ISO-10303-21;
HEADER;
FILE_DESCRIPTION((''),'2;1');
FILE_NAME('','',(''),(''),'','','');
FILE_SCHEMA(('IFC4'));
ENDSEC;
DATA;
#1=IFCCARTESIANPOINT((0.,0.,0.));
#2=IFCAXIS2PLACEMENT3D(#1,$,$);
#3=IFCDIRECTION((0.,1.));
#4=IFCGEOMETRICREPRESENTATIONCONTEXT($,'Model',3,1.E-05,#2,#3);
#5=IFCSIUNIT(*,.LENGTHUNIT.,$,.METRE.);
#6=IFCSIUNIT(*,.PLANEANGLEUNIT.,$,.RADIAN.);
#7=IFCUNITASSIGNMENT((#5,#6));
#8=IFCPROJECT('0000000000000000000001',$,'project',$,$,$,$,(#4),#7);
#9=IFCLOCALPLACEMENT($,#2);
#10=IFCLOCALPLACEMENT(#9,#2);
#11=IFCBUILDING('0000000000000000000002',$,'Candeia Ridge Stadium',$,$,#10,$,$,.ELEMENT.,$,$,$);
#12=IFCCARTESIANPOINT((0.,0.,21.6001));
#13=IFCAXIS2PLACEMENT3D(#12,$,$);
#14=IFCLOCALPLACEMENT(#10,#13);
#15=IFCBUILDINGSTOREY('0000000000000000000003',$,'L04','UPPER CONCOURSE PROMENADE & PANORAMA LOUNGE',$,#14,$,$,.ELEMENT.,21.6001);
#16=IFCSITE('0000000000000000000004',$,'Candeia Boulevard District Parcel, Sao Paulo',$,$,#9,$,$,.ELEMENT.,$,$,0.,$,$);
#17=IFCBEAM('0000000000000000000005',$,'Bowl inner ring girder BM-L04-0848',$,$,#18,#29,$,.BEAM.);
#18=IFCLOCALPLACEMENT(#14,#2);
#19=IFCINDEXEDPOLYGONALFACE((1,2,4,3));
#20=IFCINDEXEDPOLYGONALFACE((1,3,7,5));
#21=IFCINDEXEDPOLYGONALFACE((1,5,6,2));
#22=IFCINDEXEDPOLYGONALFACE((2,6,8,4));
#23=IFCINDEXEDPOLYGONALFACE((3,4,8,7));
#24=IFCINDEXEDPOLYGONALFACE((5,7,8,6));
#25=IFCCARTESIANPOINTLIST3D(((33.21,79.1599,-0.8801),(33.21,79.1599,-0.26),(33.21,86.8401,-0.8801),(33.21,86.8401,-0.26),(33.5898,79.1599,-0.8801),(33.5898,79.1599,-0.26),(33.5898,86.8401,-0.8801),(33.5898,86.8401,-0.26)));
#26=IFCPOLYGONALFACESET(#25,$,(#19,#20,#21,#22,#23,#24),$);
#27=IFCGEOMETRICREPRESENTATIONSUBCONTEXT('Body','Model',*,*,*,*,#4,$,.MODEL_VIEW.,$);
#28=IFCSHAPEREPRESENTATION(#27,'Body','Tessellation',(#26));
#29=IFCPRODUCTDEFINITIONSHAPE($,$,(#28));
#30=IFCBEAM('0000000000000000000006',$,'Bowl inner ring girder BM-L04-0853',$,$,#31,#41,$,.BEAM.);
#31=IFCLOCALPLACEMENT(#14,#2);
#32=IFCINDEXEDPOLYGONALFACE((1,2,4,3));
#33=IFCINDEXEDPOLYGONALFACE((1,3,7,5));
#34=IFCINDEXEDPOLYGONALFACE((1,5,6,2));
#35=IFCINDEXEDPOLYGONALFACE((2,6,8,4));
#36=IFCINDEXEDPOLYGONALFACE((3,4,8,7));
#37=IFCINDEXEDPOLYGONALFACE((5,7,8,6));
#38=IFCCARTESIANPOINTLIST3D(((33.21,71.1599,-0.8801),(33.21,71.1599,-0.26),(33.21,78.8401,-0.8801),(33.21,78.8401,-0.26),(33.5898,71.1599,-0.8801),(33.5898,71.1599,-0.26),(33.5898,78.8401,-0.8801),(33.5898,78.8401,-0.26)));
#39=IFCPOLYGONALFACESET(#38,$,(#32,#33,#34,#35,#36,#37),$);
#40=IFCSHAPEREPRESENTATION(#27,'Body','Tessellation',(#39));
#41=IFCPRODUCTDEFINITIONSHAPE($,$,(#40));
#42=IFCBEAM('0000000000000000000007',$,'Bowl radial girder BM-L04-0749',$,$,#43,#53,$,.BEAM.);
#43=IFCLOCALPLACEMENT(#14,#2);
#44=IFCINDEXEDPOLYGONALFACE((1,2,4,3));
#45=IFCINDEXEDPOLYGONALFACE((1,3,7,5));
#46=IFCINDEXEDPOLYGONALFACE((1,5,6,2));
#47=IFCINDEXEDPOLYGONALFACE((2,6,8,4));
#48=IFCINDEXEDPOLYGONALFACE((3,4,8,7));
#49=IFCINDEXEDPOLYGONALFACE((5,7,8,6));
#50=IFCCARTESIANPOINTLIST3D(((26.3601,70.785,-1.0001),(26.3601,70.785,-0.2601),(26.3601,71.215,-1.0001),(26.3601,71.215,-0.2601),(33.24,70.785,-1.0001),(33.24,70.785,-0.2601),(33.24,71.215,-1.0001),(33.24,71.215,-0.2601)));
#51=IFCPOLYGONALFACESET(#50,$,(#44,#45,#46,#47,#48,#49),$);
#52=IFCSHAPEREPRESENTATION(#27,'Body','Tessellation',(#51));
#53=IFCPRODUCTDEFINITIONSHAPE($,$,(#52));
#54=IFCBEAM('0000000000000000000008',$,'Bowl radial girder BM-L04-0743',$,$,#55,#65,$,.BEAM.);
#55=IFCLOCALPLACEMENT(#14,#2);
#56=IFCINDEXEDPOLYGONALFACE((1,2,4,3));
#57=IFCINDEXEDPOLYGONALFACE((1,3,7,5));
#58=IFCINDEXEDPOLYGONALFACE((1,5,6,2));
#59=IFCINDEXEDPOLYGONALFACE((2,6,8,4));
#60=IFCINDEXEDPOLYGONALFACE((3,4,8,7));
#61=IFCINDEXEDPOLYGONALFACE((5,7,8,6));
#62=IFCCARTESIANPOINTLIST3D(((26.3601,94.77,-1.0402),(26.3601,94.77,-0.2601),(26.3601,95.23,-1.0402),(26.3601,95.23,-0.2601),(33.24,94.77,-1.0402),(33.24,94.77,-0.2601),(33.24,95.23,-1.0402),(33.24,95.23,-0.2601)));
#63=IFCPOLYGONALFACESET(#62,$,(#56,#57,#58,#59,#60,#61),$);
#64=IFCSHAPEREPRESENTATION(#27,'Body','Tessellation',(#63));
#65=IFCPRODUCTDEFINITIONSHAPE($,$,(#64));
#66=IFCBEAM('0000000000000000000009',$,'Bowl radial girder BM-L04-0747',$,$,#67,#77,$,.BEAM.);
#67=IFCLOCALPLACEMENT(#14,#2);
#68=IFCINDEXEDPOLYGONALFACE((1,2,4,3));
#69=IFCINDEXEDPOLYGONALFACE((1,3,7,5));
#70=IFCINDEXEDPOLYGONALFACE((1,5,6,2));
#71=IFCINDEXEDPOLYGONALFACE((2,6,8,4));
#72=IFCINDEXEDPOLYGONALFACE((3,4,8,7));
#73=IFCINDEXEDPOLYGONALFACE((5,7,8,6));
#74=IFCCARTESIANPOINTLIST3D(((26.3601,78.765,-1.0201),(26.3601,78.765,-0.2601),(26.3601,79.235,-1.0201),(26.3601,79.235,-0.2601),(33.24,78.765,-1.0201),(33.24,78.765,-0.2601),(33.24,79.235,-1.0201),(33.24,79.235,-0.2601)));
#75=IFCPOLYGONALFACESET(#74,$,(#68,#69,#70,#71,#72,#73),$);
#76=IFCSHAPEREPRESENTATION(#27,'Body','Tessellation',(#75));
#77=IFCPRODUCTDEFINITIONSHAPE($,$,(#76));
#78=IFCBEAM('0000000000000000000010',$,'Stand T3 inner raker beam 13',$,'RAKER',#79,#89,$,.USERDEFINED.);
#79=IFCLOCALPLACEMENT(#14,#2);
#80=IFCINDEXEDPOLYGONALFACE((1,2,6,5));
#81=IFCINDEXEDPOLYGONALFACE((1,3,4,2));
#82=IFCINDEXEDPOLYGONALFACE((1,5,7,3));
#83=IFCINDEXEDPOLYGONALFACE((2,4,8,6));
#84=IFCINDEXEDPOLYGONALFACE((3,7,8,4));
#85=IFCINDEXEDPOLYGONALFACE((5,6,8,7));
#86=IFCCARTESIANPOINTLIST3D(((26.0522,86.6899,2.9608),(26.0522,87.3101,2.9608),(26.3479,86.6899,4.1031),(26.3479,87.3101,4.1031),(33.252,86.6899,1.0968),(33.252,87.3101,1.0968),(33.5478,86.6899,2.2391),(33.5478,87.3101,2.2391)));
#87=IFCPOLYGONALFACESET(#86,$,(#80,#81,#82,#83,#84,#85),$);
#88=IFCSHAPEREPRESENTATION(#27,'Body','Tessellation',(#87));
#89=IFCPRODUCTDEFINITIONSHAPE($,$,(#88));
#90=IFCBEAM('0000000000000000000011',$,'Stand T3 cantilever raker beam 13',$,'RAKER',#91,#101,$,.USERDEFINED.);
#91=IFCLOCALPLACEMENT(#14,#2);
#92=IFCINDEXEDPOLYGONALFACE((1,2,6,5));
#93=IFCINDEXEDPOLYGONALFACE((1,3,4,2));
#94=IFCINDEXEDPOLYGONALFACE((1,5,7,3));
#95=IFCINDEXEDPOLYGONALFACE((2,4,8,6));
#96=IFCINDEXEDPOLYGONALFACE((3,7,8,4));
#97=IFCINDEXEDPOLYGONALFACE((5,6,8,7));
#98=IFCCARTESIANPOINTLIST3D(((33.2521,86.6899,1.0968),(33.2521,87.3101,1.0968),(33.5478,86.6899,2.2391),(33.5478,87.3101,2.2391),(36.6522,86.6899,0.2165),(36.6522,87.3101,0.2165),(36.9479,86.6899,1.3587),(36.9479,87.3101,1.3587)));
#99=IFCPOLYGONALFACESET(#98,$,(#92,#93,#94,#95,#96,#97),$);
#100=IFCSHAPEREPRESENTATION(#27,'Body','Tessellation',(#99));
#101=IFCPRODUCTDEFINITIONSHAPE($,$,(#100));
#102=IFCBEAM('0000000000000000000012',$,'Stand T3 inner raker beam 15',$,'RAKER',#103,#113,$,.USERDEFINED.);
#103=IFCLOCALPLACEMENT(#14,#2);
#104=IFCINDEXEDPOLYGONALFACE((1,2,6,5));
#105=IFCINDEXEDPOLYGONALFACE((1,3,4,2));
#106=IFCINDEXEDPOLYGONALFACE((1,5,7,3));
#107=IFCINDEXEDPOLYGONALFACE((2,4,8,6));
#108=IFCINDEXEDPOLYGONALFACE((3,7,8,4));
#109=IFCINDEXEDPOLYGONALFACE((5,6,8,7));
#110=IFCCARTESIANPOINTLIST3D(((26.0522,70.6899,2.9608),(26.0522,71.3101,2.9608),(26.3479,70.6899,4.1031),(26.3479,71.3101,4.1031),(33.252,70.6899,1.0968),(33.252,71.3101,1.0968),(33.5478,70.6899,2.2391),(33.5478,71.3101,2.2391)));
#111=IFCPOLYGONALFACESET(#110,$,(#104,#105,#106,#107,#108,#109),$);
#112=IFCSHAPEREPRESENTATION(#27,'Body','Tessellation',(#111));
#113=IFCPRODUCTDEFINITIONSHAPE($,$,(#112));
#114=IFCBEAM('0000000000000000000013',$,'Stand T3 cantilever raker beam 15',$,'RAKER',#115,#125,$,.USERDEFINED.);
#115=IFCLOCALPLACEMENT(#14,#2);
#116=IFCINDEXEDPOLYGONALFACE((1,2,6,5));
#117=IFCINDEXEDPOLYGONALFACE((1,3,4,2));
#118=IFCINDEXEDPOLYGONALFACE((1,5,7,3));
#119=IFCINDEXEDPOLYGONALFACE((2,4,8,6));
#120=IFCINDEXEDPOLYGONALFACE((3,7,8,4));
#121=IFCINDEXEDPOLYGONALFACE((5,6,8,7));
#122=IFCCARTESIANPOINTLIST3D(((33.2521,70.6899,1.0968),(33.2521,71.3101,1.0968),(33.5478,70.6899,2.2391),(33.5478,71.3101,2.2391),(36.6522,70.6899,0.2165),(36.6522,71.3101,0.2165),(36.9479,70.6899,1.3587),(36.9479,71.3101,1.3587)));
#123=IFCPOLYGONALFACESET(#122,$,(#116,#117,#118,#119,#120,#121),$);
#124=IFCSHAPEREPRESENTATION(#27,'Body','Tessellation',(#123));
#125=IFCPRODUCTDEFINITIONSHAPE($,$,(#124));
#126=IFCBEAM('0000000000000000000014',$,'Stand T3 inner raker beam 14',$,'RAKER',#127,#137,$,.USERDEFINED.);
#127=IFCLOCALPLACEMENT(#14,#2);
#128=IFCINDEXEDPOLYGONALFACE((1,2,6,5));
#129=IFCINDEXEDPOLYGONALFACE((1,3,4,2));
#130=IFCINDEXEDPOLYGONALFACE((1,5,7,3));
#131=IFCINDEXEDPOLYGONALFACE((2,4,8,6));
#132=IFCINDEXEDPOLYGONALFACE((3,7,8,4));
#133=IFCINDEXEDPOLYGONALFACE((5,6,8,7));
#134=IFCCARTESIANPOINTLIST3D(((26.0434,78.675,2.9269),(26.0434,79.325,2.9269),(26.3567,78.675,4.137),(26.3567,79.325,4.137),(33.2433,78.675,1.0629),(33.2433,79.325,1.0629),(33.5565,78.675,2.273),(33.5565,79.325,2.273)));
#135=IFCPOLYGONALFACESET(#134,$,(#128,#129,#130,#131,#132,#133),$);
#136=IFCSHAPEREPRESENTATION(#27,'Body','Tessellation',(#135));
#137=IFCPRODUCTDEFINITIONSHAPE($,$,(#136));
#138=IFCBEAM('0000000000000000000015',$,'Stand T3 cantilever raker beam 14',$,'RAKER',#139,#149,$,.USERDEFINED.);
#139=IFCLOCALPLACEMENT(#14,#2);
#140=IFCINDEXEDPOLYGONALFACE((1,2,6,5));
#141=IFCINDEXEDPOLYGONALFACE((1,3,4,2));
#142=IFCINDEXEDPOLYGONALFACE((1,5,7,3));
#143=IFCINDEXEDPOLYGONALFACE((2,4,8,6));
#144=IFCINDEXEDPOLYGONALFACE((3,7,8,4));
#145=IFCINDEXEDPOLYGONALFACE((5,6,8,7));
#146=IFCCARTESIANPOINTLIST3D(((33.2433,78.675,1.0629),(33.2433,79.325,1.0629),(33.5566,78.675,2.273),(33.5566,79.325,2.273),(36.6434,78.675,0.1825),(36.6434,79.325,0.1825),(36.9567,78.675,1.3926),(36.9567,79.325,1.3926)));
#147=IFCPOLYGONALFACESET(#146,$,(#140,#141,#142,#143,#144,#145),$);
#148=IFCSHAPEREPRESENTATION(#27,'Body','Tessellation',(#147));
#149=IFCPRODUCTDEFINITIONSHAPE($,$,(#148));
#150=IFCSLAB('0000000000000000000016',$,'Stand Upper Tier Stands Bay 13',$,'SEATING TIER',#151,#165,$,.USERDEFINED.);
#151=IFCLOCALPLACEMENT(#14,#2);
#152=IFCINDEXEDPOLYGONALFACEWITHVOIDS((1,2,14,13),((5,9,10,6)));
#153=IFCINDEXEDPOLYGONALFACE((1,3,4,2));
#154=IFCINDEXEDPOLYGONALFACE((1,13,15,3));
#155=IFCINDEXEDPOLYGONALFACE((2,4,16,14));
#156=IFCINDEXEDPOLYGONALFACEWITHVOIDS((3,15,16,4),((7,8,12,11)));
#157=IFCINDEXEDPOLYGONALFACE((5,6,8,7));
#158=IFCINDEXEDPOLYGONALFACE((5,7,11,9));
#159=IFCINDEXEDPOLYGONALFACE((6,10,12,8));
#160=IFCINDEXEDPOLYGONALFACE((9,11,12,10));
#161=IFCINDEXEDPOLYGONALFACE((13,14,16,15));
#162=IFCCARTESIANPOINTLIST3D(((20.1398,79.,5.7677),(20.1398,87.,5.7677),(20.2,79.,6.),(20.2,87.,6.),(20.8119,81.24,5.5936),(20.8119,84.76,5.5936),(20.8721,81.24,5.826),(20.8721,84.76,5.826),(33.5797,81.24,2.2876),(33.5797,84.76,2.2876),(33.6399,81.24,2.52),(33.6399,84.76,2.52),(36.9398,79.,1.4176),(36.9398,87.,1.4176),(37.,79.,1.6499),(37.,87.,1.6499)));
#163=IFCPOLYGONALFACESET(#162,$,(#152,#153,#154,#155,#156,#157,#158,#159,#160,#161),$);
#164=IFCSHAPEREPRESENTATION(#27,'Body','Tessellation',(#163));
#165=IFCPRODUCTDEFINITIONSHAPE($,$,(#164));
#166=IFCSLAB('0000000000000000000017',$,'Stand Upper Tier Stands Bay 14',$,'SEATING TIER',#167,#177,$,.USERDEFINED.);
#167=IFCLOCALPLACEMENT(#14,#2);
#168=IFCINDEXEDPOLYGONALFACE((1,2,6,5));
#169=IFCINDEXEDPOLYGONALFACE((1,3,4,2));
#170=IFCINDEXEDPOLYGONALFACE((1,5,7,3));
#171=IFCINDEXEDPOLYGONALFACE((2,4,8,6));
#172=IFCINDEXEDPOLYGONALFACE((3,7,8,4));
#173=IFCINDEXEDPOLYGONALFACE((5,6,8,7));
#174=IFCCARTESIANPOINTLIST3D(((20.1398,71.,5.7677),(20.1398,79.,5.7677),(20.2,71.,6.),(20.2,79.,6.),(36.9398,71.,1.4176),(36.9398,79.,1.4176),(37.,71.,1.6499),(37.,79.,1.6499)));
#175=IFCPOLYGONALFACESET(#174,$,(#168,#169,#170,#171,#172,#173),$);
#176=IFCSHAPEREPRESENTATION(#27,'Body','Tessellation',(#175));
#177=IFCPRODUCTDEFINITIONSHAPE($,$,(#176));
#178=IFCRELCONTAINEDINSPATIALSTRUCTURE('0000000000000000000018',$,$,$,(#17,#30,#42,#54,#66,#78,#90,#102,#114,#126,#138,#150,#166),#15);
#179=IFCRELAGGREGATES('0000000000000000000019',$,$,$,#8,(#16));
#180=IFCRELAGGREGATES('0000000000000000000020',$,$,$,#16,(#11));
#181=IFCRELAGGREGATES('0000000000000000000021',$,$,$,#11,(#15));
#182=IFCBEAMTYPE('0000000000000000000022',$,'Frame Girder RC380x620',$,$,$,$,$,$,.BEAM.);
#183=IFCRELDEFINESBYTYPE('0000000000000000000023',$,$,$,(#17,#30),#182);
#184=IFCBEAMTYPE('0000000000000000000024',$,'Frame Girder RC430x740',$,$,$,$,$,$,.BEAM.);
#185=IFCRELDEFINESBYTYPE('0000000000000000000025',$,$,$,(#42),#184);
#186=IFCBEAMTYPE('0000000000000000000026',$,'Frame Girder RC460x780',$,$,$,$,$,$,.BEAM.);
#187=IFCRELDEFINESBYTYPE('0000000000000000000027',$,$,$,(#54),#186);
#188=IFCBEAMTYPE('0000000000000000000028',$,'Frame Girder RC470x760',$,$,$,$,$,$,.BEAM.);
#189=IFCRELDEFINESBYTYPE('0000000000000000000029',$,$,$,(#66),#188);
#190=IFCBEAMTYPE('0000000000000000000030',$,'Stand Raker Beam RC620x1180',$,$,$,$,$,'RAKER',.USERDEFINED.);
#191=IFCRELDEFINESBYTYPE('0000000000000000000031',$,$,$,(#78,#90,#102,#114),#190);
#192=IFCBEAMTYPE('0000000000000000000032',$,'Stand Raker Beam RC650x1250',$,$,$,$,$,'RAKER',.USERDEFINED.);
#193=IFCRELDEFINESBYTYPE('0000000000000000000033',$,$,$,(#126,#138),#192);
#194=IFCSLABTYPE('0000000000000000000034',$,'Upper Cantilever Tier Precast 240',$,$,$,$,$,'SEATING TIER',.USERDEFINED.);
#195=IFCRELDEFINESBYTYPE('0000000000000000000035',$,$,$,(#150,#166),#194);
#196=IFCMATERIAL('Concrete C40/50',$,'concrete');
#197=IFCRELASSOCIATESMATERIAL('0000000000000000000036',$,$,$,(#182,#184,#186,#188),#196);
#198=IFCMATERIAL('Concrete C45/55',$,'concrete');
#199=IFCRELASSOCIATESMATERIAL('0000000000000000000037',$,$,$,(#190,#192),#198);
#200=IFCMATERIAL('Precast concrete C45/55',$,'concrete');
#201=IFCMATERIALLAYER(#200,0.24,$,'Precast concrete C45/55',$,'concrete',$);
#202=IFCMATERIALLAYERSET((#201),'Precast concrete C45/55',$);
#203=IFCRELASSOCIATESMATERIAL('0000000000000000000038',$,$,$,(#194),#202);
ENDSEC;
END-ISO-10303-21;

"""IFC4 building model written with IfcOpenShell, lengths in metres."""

from ifc_helpers import new_model, si_unit, direction, frame, origin, origin_2d, place, context, subcontext, project, spatial, polyline, rectangle, outline, extrude, material, layer, layer_set, material_profile, profile_set, type_object, element, save


model = new_model("IFC4")

# Units and contexts
model_context = context("Model", 3, precision=1e-05, world=origin(), true_north=direction((0.0, 1.0)))
body_context = subcontext(model_context, "Body", "Model", "MODEL_VIEW")
ifc_project = project(units=[si_unit("LENGTHUNIT", "METRE"), si_unit("PLANEANGLEUNIT", "RADIAN")], contexts=[model_context])

# Site, building, storey
site_placement = place(None, origin())
site = spatial("IfcSite", under=ifc_project, at=site_placement, Name="Candeia Boulevard District Parcel, Sao Paulo", CompositionType="ELEMENT", RefElevation=0.0)
building_placement = place(site_placement, origin())
building = spatial("IfcBuilding", under=site, at=building_placement, Name="Candeia Ridge Stadium", CompositionType="ELEMENT")
storey_placement = place(building_placement, frame((0.0, 0.0, 21.6001)))
storey = spatial("IfcBuildingStorey", under=building, at=storey_placement, Name="L04", Description="UPPER CONCOURSE PROMENADE & PANORAMA LOUNGE", CompositionType="ELEMENT", Elevation=21.6001)

# Shared definitions
ifc_material_1 = material(Name="Concrete C45/55", Category="concrete")
ifc_material_2 = material(Name="Concrete C40/50", Category="concrete")

# Beams
ifc_material_profile_1 = material_profile(ifc_material_2, rectangle(XDim=0.3799, YDim=0.6201, at=origin_2d()), Name="RC380x620", Category="concrete")
ifc_profile_set_1 = profile_set([ifc_material_profile_1], Name="Concrete C40/50")
beam_type_1 = type_object("IfcBeamType", Name="Frame Girder RC380x620", PredefinedType="BEAM", material=ifc_profile_set_1)
for number, where, z_axis, x_axis, name in (
    (1, (33.3999, 86.8401, -0.5701), (0.0, -1.0, 0.0), (1.0, 0.0, 0.0), "Bowl inner ring girder BM-L04-0848"),
    (2, (33.3999, 78.8401, -0.5701), (0.0, -1.0, 0.0), (1.0, 0.0, 0.0), "Bowl inner ring girder BM-L04-0853"),
):
    element("IfcBeam", number, at=place(storey_placement, frame(where, z_axis=z_axis, x_axis=x_axis)), inside=storey, type_object=beam_type_1, Name=name, PredefinedType="BEAM", context=body_context, shape_type="SweptSolid", body=[
        extrude(rectangle(XDim=0.3799, YDim=0.6201, at=origin_2d()), origin(), (0.0, 0.0, 1.0), 7.6802),
    ])
ifc_material_profile_2 = material_profile(ifc_material_2, rectangle(XDim=0.4299, YDim=0.74, at=origin_2d()), Name="RC430x740", Category="concrete")
ifc_profile_set_2 = profile_set([ifc_material_profile_2], Name="Concrete C40/50")
beam_type_2 = type_object("IfcBeamType", Name="Frame Girder RC430x740", PredefinedType="BEAM", material=ifc_profile_set_2)
beam_1_placement = place(storey_placement, frame((33.24, 71.0, -0.6301), z_axis=(-1.0, 0.0, 0.0), x_axis=(0.0, -1.0, 0.0)))
element("IfcBeam", 3, at=beam_1_placement, inside=storey, type_object=beam_type_2, Name="Bowl radial girder BM-L04-0749", PredefinedType="BEAM", context=body_context, shape_type="SweptSolid", body=[
    extrude(rectangle(XDim=0.4299, YDim=0.74, at=origin_2d()), origin(), (0.0, 0.0, 1.0), 6.8799),
])
ifc_material_profile_3 = material_profile(ifc_material_2, rectangle(XDim=0.46, YDim=0.78, at=origin_2d()), Name="RC460x780", Category="concrete")
ifc_profile_set_3 = profile_set([ifc_material_profile_3], Name="Concrete C40/50")
beam_type_3 = type_object("IfcBeamType", Name="Frame Girder RC460x780", PredefinedType="BEAM", material=ifc_profile_set_3)
beam_2_placement = place(storey_placement, frame((33.24, 95.0, -0.6501), z_axis=(-1.0, 0.0, 0.0), x_axis=(0.0, -1.0, 0.0)))
element("IfcBeam", 4, at=beam_2_placement, inside=storey, type_object=beam_type_3, Name="Bowl radial girder BM-L04-0743", PredefinedType="BEAM", context=body_context, shape_type="SweptSolid", body=[
    extrude(rectangle(XDim=0.46, YDim=0.78, at=origin_2d()), origin(), (0.0, 0.0, 1.0), 6.8799),
])
ifc_material_profile_4 = material_profile(ifc_material_2, rectangle(XDim=0.47, YDim=0.76, at=origin_2d()), Name="RC470x760", Category="concrete")
ifc_profile_set_4 = profile_set([ifc_material_profile_4], Name="Concrete C40/50")
beam_type_4 = type_object("IfcBeamType", Name="Frame Girder RC470x760", PredefinedType="BEAM", material=ifc_profile_set_4)
beam_3_placement = place(storey_placement, frame((33.24, 79.0, -0.6401), z_axis=(-1.0, 0.0, 0.0), x_axis=(0.0, -1.0, 0.0)))
element("IfcBeam", 5, at=beam_3_placement, inside=storey, type_object=beam_type_4, Name="Bowl radial girder BM-L04-0747", PredefinedType="BEAM", context=body_context, shape_type="SweptSolid", body=[
    extrude(rectangle(XDim=0.47, YDim=0.76, at=origin_2d()), origin(), (0.0, 0.0, 1.0), 6.8799),
])
ifc_material_profile_5 = material_profile(ifc_material_1, rectangle(XDim=0.6201, YDim=1.1799, at=origin_2d()), Name="RC620x1180", Category="concrete")
ifc_profile_set_5 = profile_set([ifc_material_profile_5], Name="Concrete C45/55")
beam_type_5 = type_object("IfcBeamType", Name="Stand Raker Beam RC620x1180", ElementType="RAKER", PredefinedType="USERDEFINED", material=ifc_profile_set_5)
beam_4_placement = place(storey_placement, frame((33.3999, 87.0, 1.668), z_axis=(-0.968083, 0.0, 0.250629), x_axis=(0.0, -1.0, 0.0)))
element("IfcBeam", 6, at=beam_4_placement, inside=storey, type_object=beam_type_5, Name="Stand T3 inner raker beam 13", ObjectType="RAKER", PredefinedType="USERDEFINED", context=body_context, shape_type="SweptSolid", body=[
    extrude(rectangle(XDim=0.6201, YDim=1.1799, at=origin_2d()), origin(), (0.0, 0.0, 1.0), 7.4373),
])
beam_5_placement = place(storey_placement, frame((36.8, 87.0, 0.7876), z_axis=(-0.968076, 0.0, 0.250656), x_axis=(0.0, -1.0, 0.0)))
element("IfcBeam", 7, at=beam_5_placement, inside=storey, type_object=beam_type_5, Name="Stand T3 cantilever raker beam 13", ObjectType="RAKER", PredefinedType="USERDEFINED", context=body_context, shape_type="SweptSolid", body=[
    extrude(rectangle(XDim=0.6201, YDim=1.1799, at=origin_2d()), origin(), (0.0, 0.0, 1.0), 3.5122),
])
beam_6_placement = place(storey_placement, frame((33.3999, 71.0, 1.668), z_axis=(-0.968083, 0.0, 0.250629), x_axis=(0.0, -1.0, 0.0)))
element("IfcBeam", 8, at=beam_6_placement, inside=storey, type_object=beam_type_5, Name="Stand T3 inner raker beam 15", ObjectType="RAKER", PredefinedType="USERDEFINED", context=body_context, shape_type="SweptSolid", body=[
    extrude(rectangle(XDim=0.6201, YDim=1.1799, at=origin_2d()), origin(), (0.0, 0.0, 1.0), 7.4373),
])
beam_7_placement = place(storey_placement, frame((36.8, 71.0, 0.7876), z_axis=(-0.968076, 0.0, 0.250656), x_axis=(0.0, -1.0, 0.0)))
element("IfcBeam", 9, at=beam_7_placement, inside=storey, type_object=beam_type_5, Name="Stand T3 cantilever raker beam 15", ObjectType="RAKER", PredefinedType="USERDEFINED", context=body_context, shape_type="SweptSolid", body=[
    extrude(rectangle(XDim=0.6201, YDim=1.1799, at=origin_2d()), origin(), (0.0, 0.0, 1.0), 3.5122),
])
ifc_material_profile_6 = material_profile(ifc_material_1, rectangle(XDim=0.6499, YDim=1.25, at=origin_2d()), Name="RC650x1250", Category="concrete")
ifc_profile_set_6 = profile_set([ifc_material_profile_6], Name="Concrete C45/55")
beam_type_6 = type_object("IfcBeamType", Name="Stand Raker Beam RC650x1250", ElementType="RAKER", PredefinedType="USERDEFINED", material=ifc_profile_set_6)
beam_8_placement = place(storey_placement, frame((33.3999, 79.0, 1.668), z_axis=(-0.968083, 0.0, 0.250629), x_axis=(0.0, -1.0, 0.0)))
element("IfcBeam", 10, at=beam_8_placement, inside=storey, type_object=beam_type_6, Name="Stand T3 inner raker beam 14", ObjectType="RAKER", PredefinedType="USERDEFINED", context=body_context, shape_type="SweptSolid", body=[
    extrude(rectangle(XDim=0.6499, YDim=1.25, at=origin_2d()), origin(), (0.0, 0.0, 1.0), 7.4373),
])
beam_9_placement = place(storey_placement, frame((36.8, 79.0, 0.7876), z_axis=(-0.968076, 0.0, 0.250656), x_axis=(0.0, -1.0, 0.0)))
element("IfcBeam", 11, at=beam_9_placement, inside=storey, type_object=beam_type_6, Name="Stand T3 cantilever raker beam 14", ObjectType="RAKER", PredefinedType="USERDEFINED", context=body_context, shape_type="SweptSolid", body=[
    extrude(rectangle(XDim=0.6499, YDim=1.25, at=origin_2d()), origin(), (0.0, 0.0, 1.0), 3.5122),
])

# Slabs
ifc_material_3 = material(Name="Precast concrete C45/55", Category="concrete")
ifc_layer_1 = layer(ifc_material_3, 0.24, Name="Precast concrete C45/55", Category="concrete")
ifc_layer_set_1 = layer_set([ifc_layer_1], Name="Precast concrete C45/55")
slab_type = type_object("IfcSlabType", Name="Upper Cantilever Tier Precast 240", ElementType="SEATING TIER", PredefinedType="USERDEFINED", material=ifc_layer_set_1)
slab_1_placement = place(storey_placement, frame((37.0, 87.0, 1.6499), z_axis=(0.250667, 0.0, 0.968073), x_axis=(0.0, -1.0, 0.0)))
element("IfcSlab", 12, at=slab_1_placement, inside=storey, type_object=slab_type, Name="Stand Upper Tier Stands Bay 13", ObjectType="SEATING TIER", PredefinedType="USERDEFINED", context=body_context, shape_type="SweptSolid", body=[
    extrude(outline(polyline([(0.0, 0.0), (8.0, 0.0), (8.0, -17.3541), (0.0, -17.3541), (0.0, 0.0)]), holes=[polyline([(2.24, -3.4709), (5.76, -3.4709), (5.76, -16.6598), (2.24, -16.6598), (2.24, -3.4709)])]), origin(), (0.0, 0.0, -1.0), 0.24),
])
slab_2_placement = place(storey_placement, frame((37.0, 79.0, 1.6499), z_axis=(0.250667, 0.0, 0.968073), x_axis=(0.0, -1.0, 0.0)))
element("IfcSlab", 13, at=slab_2_placement, inside=storey, type_object=slab_type, Name="Stand Upper Tier Stands Bay 14", ObjectType="SEATING TIER", PredefinedType="USERDEFINED", context=body_context, shape_type="SweptSolid", body=[
    extrude(outline(polyline([(0.0, 0.0), (8.0, 0.0), (8.0, -17.3541), (0.0, -17.3541), (0.0, 0.0)])), origin(), (0.0, 0.0, -1.0), 0.24),
])

save(model, "model.ifc")
